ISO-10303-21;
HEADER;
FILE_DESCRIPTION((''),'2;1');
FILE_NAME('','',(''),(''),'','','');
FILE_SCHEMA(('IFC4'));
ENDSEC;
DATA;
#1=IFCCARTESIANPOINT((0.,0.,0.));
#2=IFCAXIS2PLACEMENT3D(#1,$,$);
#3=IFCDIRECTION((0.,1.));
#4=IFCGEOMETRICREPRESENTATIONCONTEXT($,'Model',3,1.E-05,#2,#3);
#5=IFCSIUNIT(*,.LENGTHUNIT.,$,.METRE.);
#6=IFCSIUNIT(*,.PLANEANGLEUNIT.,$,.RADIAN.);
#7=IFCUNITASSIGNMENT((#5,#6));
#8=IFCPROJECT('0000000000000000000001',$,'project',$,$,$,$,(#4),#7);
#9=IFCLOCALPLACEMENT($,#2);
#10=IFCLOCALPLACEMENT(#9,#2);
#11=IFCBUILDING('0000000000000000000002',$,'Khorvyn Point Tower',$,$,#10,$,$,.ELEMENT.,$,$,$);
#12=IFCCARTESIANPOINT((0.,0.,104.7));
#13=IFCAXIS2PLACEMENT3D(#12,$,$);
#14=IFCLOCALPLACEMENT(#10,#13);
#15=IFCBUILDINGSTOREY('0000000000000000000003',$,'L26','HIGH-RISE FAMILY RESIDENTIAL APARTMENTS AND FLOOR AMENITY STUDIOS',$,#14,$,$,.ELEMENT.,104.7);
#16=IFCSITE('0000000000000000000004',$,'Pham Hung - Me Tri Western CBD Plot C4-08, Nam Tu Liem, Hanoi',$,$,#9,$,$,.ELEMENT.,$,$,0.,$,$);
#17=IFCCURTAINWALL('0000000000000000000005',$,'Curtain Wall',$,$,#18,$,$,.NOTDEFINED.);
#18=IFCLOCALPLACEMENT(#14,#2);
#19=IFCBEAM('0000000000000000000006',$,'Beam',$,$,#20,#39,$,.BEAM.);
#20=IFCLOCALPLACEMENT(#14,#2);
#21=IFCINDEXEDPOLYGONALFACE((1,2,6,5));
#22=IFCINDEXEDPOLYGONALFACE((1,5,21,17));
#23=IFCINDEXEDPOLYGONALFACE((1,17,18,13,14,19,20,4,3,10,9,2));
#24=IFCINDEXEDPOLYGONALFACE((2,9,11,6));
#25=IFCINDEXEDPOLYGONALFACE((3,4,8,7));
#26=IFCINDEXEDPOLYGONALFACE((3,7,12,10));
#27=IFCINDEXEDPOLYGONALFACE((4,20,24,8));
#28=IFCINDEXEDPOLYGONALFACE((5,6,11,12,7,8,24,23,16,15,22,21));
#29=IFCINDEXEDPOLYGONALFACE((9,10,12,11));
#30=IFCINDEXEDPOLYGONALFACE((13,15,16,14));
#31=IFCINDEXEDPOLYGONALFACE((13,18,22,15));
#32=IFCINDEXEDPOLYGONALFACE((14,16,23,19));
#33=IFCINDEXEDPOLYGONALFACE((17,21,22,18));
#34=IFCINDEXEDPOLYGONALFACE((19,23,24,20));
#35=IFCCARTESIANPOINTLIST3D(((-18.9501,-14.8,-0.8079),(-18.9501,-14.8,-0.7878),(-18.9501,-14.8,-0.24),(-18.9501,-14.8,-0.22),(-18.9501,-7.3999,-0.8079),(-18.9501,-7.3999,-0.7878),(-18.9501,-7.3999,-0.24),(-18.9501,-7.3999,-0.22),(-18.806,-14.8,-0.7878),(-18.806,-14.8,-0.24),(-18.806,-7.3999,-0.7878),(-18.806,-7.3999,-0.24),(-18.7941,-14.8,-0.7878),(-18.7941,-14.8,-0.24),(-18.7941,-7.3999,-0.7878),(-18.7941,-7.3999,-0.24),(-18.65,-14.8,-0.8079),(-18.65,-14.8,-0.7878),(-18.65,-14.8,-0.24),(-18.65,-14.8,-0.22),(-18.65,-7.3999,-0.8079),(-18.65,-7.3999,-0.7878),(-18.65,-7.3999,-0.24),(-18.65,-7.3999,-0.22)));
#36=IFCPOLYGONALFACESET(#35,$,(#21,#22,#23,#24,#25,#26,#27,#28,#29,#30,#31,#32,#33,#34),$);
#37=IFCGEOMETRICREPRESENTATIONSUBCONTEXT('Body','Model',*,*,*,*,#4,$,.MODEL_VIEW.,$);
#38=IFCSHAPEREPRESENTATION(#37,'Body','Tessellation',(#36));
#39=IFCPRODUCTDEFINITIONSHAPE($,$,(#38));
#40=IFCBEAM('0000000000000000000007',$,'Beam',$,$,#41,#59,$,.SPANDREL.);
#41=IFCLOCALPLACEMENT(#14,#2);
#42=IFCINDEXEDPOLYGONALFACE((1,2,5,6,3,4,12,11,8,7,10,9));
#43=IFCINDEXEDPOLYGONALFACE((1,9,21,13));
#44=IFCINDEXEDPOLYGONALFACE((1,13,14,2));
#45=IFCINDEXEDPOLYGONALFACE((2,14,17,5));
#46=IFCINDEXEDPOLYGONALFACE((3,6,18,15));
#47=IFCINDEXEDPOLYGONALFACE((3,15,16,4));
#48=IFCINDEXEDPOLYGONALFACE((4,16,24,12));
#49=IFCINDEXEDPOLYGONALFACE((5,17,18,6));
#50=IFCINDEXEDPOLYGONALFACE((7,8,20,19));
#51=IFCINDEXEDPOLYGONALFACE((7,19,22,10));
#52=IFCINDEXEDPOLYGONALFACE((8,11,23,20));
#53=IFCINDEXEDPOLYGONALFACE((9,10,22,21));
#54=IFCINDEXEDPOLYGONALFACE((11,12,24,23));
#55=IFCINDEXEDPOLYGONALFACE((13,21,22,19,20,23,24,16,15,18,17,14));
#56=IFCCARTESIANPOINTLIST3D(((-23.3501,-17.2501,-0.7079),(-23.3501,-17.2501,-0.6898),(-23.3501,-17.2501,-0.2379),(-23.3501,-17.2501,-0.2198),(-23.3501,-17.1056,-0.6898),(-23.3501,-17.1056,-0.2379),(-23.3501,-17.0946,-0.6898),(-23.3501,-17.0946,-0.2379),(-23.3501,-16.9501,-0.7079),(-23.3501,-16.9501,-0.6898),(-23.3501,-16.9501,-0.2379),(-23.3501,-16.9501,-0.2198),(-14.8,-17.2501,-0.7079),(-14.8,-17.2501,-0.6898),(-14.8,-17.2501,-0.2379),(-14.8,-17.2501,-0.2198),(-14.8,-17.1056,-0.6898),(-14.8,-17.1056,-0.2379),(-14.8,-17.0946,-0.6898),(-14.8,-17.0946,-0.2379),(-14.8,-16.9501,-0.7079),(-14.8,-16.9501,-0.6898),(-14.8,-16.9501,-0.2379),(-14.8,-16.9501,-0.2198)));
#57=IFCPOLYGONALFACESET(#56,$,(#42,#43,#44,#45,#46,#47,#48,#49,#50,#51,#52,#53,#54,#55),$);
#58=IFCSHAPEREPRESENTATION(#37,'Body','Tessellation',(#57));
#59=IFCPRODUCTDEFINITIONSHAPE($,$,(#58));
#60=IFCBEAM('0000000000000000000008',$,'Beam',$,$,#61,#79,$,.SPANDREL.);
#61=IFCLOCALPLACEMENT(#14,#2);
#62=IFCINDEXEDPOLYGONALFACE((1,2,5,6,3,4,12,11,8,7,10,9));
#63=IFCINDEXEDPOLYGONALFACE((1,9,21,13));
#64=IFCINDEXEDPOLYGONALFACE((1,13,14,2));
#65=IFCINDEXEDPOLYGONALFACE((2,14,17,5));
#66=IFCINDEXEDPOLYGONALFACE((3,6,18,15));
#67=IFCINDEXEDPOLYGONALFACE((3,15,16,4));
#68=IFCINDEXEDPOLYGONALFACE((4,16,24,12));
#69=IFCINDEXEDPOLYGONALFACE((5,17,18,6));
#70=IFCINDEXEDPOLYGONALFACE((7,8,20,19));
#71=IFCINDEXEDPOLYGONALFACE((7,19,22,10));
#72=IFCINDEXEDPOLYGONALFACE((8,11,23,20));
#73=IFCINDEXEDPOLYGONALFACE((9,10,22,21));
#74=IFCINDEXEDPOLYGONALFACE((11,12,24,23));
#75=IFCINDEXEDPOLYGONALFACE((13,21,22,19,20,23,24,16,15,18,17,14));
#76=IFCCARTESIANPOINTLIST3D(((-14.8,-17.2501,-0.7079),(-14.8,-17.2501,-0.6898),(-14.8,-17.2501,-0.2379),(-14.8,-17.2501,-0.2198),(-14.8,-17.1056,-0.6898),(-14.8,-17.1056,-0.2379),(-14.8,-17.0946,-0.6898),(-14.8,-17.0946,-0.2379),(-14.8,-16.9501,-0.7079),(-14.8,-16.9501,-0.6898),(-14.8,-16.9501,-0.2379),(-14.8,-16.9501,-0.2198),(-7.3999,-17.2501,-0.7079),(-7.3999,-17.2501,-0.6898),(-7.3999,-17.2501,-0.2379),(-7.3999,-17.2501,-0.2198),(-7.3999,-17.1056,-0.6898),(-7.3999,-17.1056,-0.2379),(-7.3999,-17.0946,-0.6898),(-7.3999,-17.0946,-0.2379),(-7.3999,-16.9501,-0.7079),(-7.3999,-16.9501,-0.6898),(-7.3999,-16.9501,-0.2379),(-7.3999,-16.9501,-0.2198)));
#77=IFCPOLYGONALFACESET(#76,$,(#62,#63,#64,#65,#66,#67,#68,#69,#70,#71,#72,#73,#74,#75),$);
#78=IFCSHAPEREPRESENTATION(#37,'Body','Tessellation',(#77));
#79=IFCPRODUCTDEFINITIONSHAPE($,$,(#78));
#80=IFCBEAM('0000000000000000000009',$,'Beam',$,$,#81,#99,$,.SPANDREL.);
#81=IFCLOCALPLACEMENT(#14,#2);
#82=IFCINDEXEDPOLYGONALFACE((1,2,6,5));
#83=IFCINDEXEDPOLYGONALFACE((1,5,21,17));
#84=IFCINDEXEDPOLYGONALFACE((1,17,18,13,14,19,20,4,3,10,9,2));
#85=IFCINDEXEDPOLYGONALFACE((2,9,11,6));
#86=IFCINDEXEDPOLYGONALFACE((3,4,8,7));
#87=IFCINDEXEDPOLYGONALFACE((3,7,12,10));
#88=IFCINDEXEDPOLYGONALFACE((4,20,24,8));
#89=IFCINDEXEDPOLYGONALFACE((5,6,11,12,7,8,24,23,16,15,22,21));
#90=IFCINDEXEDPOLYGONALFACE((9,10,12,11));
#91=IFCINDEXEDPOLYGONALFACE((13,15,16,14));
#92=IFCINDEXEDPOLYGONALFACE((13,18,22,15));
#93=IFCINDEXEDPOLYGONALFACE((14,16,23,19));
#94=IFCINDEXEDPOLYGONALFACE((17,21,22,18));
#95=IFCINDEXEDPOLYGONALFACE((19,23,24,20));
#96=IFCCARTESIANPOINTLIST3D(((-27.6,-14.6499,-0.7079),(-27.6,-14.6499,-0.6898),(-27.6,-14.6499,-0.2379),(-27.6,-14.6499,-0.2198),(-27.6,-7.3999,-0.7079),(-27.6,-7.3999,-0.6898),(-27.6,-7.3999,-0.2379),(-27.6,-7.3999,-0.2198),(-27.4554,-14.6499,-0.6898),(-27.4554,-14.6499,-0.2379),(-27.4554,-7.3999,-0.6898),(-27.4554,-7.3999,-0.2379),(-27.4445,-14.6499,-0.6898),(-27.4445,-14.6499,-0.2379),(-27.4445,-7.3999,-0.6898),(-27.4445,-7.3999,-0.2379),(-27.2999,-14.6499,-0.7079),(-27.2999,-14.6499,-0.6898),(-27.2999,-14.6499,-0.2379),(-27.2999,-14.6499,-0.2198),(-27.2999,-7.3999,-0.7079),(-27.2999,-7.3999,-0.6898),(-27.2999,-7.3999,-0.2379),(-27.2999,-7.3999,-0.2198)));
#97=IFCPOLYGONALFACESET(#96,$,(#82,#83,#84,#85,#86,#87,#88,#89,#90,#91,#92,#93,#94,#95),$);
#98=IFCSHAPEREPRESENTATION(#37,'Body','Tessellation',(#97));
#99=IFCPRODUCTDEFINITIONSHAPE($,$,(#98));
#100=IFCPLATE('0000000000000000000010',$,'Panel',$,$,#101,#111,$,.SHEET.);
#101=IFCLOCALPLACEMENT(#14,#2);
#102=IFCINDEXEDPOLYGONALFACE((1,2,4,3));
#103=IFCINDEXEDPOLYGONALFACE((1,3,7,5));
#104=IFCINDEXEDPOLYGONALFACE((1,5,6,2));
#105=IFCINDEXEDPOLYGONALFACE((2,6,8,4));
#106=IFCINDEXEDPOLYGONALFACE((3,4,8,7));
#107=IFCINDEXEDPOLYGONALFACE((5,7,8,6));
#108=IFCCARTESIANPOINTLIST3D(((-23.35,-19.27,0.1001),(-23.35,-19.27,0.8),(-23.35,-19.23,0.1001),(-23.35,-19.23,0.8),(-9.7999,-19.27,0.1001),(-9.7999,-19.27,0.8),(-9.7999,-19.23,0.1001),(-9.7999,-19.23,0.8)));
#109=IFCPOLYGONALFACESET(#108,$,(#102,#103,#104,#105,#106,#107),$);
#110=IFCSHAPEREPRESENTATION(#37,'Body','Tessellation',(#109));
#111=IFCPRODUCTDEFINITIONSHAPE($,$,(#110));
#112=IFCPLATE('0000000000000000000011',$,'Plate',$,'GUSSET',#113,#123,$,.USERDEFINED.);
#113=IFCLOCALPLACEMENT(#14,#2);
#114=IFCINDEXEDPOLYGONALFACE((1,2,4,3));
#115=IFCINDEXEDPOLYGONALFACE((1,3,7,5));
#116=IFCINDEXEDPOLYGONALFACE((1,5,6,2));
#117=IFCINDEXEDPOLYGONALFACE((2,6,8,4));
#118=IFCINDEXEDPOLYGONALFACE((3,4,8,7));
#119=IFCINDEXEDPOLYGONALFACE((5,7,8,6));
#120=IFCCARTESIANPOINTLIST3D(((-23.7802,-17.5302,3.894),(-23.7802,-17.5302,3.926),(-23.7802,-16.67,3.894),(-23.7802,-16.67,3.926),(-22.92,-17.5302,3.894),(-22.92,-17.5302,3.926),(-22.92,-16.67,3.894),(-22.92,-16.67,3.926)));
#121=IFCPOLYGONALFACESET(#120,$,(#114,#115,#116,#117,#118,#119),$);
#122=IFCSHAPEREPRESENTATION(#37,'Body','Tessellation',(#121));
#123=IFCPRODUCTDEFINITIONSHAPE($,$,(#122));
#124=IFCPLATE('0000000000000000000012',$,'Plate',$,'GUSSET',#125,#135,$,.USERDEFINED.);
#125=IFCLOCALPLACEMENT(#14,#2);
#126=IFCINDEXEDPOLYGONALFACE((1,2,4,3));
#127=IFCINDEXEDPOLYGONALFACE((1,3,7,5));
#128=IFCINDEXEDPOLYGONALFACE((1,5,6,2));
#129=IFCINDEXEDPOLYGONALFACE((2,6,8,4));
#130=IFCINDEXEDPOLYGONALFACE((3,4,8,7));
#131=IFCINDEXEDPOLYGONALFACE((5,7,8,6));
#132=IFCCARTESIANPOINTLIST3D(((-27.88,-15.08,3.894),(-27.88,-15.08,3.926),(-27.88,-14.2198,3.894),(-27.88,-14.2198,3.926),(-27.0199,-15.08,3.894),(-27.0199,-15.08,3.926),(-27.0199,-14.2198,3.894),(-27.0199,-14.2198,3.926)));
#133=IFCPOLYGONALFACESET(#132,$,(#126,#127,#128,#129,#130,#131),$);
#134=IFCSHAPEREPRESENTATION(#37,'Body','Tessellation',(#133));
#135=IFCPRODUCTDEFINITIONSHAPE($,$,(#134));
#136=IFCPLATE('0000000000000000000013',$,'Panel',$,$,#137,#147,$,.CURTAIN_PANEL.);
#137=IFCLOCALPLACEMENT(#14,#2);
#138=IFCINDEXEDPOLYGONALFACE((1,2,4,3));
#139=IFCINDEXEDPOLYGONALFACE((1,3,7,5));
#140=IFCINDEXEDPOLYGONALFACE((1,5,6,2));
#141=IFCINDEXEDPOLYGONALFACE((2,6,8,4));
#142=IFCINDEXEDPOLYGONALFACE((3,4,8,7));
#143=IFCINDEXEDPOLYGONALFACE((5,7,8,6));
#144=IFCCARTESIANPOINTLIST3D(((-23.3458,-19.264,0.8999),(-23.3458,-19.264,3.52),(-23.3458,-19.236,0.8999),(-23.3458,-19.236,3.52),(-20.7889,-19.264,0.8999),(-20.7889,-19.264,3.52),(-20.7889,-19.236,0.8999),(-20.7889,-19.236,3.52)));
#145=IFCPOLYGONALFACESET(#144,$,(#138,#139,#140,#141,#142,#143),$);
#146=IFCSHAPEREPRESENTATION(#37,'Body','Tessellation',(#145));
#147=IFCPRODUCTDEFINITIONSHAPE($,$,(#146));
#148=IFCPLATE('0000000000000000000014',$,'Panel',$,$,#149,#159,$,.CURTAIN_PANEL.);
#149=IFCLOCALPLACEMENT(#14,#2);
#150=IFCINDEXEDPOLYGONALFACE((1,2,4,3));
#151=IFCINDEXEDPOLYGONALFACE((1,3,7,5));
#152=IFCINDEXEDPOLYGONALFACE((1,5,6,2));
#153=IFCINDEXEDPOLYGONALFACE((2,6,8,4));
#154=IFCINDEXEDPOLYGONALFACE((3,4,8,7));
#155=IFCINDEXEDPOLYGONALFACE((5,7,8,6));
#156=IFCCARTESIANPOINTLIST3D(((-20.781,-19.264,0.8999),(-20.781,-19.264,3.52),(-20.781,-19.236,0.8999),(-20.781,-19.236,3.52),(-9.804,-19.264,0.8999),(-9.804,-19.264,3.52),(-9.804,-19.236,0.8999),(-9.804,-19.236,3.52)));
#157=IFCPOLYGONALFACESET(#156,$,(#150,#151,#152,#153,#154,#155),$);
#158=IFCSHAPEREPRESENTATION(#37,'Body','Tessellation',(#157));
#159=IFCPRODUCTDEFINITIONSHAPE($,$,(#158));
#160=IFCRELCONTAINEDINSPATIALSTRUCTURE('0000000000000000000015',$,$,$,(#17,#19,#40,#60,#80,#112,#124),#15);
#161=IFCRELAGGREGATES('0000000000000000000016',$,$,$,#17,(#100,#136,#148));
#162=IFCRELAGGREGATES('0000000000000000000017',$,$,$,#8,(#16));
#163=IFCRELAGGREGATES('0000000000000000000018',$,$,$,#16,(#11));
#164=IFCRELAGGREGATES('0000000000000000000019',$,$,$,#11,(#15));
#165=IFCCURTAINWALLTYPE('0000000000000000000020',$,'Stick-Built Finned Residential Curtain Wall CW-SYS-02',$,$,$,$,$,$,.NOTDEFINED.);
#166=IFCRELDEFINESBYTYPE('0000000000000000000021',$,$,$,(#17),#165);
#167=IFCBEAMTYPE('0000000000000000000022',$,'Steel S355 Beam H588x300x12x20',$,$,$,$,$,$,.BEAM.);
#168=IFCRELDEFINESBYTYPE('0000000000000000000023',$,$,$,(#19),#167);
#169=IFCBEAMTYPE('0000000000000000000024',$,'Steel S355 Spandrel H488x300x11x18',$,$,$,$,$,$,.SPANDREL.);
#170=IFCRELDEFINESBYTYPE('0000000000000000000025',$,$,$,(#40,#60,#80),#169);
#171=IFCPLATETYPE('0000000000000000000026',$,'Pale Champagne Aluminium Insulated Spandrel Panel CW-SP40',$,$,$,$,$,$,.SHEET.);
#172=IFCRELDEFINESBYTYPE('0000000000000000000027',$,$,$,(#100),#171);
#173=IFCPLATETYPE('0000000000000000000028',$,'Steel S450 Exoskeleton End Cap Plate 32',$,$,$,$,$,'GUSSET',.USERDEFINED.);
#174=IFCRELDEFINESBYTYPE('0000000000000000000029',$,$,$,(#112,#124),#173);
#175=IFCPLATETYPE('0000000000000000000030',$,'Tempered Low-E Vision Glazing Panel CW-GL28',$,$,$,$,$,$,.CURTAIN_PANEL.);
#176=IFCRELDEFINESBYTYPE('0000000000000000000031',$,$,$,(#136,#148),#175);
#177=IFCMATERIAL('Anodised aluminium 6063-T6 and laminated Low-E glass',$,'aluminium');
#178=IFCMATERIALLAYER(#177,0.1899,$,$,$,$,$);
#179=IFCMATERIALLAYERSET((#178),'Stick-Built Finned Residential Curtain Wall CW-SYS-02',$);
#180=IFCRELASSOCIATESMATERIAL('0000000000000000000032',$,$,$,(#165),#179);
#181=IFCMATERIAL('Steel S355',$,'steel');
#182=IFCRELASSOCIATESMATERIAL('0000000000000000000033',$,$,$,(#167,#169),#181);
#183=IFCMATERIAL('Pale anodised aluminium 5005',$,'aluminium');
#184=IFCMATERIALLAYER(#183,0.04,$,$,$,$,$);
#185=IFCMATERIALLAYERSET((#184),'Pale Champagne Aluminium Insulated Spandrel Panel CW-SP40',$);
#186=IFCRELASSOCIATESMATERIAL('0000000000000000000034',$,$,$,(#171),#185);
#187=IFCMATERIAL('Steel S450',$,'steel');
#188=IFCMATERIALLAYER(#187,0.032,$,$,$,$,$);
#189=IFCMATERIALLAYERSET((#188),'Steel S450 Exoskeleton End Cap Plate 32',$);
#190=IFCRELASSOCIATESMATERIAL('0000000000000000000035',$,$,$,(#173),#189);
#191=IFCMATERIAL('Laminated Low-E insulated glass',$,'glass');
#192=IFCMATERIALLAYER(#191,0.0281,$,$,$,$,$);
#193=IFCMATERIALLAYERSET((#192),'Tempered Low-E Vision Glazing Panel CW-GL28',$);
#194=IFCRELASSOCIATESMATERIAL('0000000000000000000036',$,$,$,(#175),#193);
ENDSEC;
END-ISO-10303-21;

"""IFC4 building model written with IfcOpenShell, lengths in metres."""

from ifc_helpers import new_model, si_unit, direction, frame, origin, origin_2d, place, context, subcontext, project, spatial, rectangle, i_section, extrude, material, layer, layer_set, material_profile, profile_set, type_object, element, aggregate, save


model = new_model("IFC4")

# Units and contexts
model_context = context("Model", 3, precision=1e-05, world=origin(), true_north=direction((0.0, 1.0)))
body_context = subcontext(model_context, "Body", "Model", "MODEL_VIEW")
ifc_project = project(units=[si_unit("LENGTHUNIT", "METRE"), si_unit("PLANEANGLEUNIT", "RADIAN")], contexts=[model_context])

# Site, building, storey
site_placement = place(None, origin())
site = spatial("IfcSite", under=ifc_project, at=site_placement, Name="Pham Hung - Me Tri Western CBD Plot C4-08, Nam Tu Liem, Hanoi", CompositionType="ELEMENT", RefElevation=0.0)
building_placement = place(site_placement, origin())
building = spatial("IfcBuilding", under=site, at=building_placement, Name="Khorvyn Point Tower", CompositionType="ELEMENT")
storey_placement = place(building_placement, frame((0.0, 0.0, 104.7)))
storey = spatial("IfcBuildingStorey", under=building, at=storey_placement, Name="L26", Description="HIGH-RISE FAMILY RESIDENTIAL APARTMENTS AND FLOOR AMENITY STUDIOS", CompositionType="ELEMENT", Elevation=104.7)

# Shared definitions
ifc_material_1 = material(Name="Steel S450", Category="steel")

# Curtain wall
ifc_material_2 = material(Name="Anodised aluminium 6063-T6 and laminated Low-E glass", Category="aluminium")
ifc_layer_1 = layer(ifc_material_2, 0.1899)
ifc_layer_set_1 = layer_set([ifc_layer_1], Name="Stick-Built Finned Residential Curtain Wall CW-SYS-02")
curtain_wall_type = type_object("IfcCurtainWallType", Name="Stick-Built Finned Residential Curtain Wall CW-SYS-02", PredefinedType="NOTDEFINED", material=ifc_layer_set_1)
curtain_wall_1_placement = place(storey_placement, origin())
curtain_wall_1 = element("IfcCurtainWall", 1, at=curtain_wall_1_placement, inside=storey, type_object=curtain_wall_type, Name="Curtain Wall", PredefinedType="NOTDEFINED")

# Beams
ifc_material_3 = material(Name="Steel S355", Category="steel")
ifc_material_profile_1 = material_profile(ifc_material_3, i_section(OverallWidth=0.3, OverallDepth=0.5879, WebThickness=0.012, FlangeThickness=0.02, at=origin_2d()))
ifc_profile_set_1 = profile_set([ifc_material_profile_1], Name="Steel S355 H588x300x12x20")
beam_type_1 = type_object("IfcBeamType", Name="Steel S355 Beam H588x300x12x20", PredefinedType="BEAM", material=ifc_profile_set_1)
beam_1_placement = place(storey_placement, frame((-18.8, -14.8, -0.5139), z_axis=(0.0, 1.0, 0.0), x_axis=(-1.0, 0.0, 0.0)))
element("IfcBeam", 2, at=beam_1_placement, inside=storey, type_object=beam_type_1, Name="Beam", PredefinedType="BEAM", context=body_context, shape_type="SweptSolid", body=[
    extrude(i_section(OverallWidth=0.3, OverallDepth=0.5879, WebThickness=0.012, FlangeThickness=0.02, at=origin_2d()), origin(), (0.0, 0.0, 1.0), 7.4001),
])
ifc_material_profile_2 = material_profile(ifc_material_3, i_section(OverallWidth=0.3, OverallDepth=0.488, WebThickness=0.011, FlangeThickness=0.0181, at=origin_2d()))
ifc_profile_set_2 = profile_set([ifc_material_profile_2], Name="Steel S355 H488x300x11x18")
beam_type_2 = type_object("IfcBeamType", Name="Steel S355 Spandrel H488x300x11x18", PredefinedType="SPANDREL", material=ifc_profile_set_2)
beam_2_placement = place(storey_placement, frame((-23.3501, -17.1001, -0.4639), z_axis=(1.0, 0.0, 0.0), x_axis=(0.0, 1.0, 0.0)))
element("IfcBeam", 3, at=beam_2_placement, inside=storey, type_object=beam_type_2, Name="Beam", PredefinedType="SPANDREL", context=body_context, shape_type="SweptSolid", body=[
    extrude(i_section(OverallWidth=0.3, OverallDepth=0.488, WebThickness=0.011, FlangeThickness=0.0181, at=origin_2d()), origin(), (0.0, 0.0, 1.0), 8.55),
])
beam_3_placement = place(storey_placement, frame((-14.8, -17.1001, -0.4639), z_axis=(1.0, 0.0, 0.0), x_axis=(0.0, 1.0, 0.0)))
element("IfcBeam", 4, at=beam_3_placement, inside=storey, type_object=beam_type_2, Name="Beam", PredefinedType="SPANDREL", context=body_context, shape_type="SweptSolid", body=[
    extrude(i_section(OverallWidth=0.3, OverallDepth=0.488, WebThickness=0.011, FlangeThickness=0.0181, at=origin_2d()), origin(), (0.0, 0.0, 1.0), 7.4001),
])
beam_4_placement = place(storey_placement, frame((-27.45, -14.6499, -0.4639), z_axis=(0.0, 1.0, 0.0), x_axis=(-1.0, 0.0, 0.0)))
element("IfcBeam", 5, at=beam_4_placement, inside=storey, type_object=beam_type_2, Name="Beam", PredefinedType="SPANDREL", context=body_context, shape_type="SweptSolid", body=[
    extrude(i_section(OverallWidth=0.3, OverallDepth=0.488, WebThickness=0.011, FlangeThickness=0.0181, at=origin_2d()), origin(), (0.0, 0.0, 1.0), 7.25),
])

# Plate
ifc_material_4 = material(Name="Pale anodised aluminium 5005", Category="aluminium")
ifc_layer_2 = layer(ifc_material_4, 0.04)
ifc_layer_set_2 = layer_set([ifc_layer_2], Name="Pale Champagne Aluminium Insulated Spandrel Panel CW-SP40")
plate_type_1 = type_object("IfcPlateType", Name="Pale Champagne Aluminium Insulated Spandrel Panel CW-SP40", PredefinedType="SHEET", material=ifc_layer_set_2)
plate_1_placement = place(storey_placement, frame((-16.575, -19.25, 0.1001), z_axis=(0.0, 0.0, 1.0), x_axis=(-1.0, 0.0, 0.0)))
plate_1 = element("IfcPlate", 6, at=plate_1_placement, type_object=plate_type_1, Name="Panel", PredefinedType="SHEET", context=body_context, shape_type="SweptSolid", body=[
    extrude(rectangle(XDim=13.55, YDim=0.04, at=origin_2d()), origin(), (0.0, 0.0, 1.0), 0.7),
])

# Plates
ifc_layer_3 = layer(ifc_material_1, 0.032)
ifc_layer_set_3 = layer_set([ifc_layer_3], Name="Steel S450 Exoskeleton End Cap Plate 32")
plate_type_2 = type_object("IfcPlateType", Name="Steel S450 Exoskeleton End Cap Plate 32", ElementType="GUSSET", PredefinedType="USERDEFINED", material=ifc_layer_set_3)
for number, where, z_axis, x_axis, name in (
    (7, (-23.3501, -17.1001, 3.894), (0.0, 0.0, 1.0), (1.0, 0.0, 0.0), "Plate"),
    (8, (-27.45, -14.6499, 3.894), (0.0, 0.0, 1.0), (1.0, 0.0, 0.0), "Plate"),
):
    element("IfcPlate", number, at=place(storey_placement, frame(where, z_axis=z_axis, x_axis=x_axis)), inside=storey, type_object=plate_type_2, Name=name, ObjectType="GUSSET", PredefinedType="USERDEFINED", context=body_context, shape_type="SweptSolid", body=[
        extrude(rectangle(XDim=0.8601, YDim=0.8601, at=origin_2d()), origin(), (0.0, 0.0, 1.0), 0.032),
    ])

# Plates
ifc_material_5 = material(Name="Laminated Low-E insulated glass", Category="glass")
ifc_layer_4 = layer(ifc_material_5, 0.0281)
ifc_layer_set_4 = layer_set([ifc_layer_4], Name="Tempered Low-E Vision Glazing Panel CW-GL28")
plate_type_3 = type_object("IfcPlateType", Name="Tempered Low-E Vision Glazing Panel CW-GL28", PredefinedType="CURTAIN_PANEL", material=ifc_layer_set_4)
plate_2_placement = place(storey_placement, frame((-22.0674, -19.25, 0.8999), z_axis=(0.0, 0.0, 1.0), x_axis=(-1.0, 0.0, 0.0)))
plate_2 = element("IfcPlate", 9, at=plate_2_placement, type_object=plate_type_3, Name="Panel", PredefinedType="CURTAIN_PANEL", context=body_context, shape_type="SweptSolid", body=[
    extrude(rectangle(XDim=2.5569, YDim=0.0281, at=origin_2d()), origin(), (0.0, 0.0, 1.0), 2.6201),
])
plate_3_placement = place(storey_placement, frame((-15.2925, -19.25, 0.8999), z_axis=(0.0, 0.0, 1.0), x_axis=(-1.0, 0.0, 0.0)))
plate_3 = element("IfcPlate", 10, at=plate_3_placement, type_object=plate_type_3, Name="Panel", PredefinedType="CURTAIN_PANEL", context=body_context, shape_type="SweptSolid", body=[
    extrude(rectangle(XDim=10.9771, YDim=0.0281, at=origin_2d()), origin(), (0.0, 0.0, 1.0), 2.6201),
])
aggregate(curtain_wall_1, [plate_1, plate_2, plate_3])

save(model, "model.ifc")
